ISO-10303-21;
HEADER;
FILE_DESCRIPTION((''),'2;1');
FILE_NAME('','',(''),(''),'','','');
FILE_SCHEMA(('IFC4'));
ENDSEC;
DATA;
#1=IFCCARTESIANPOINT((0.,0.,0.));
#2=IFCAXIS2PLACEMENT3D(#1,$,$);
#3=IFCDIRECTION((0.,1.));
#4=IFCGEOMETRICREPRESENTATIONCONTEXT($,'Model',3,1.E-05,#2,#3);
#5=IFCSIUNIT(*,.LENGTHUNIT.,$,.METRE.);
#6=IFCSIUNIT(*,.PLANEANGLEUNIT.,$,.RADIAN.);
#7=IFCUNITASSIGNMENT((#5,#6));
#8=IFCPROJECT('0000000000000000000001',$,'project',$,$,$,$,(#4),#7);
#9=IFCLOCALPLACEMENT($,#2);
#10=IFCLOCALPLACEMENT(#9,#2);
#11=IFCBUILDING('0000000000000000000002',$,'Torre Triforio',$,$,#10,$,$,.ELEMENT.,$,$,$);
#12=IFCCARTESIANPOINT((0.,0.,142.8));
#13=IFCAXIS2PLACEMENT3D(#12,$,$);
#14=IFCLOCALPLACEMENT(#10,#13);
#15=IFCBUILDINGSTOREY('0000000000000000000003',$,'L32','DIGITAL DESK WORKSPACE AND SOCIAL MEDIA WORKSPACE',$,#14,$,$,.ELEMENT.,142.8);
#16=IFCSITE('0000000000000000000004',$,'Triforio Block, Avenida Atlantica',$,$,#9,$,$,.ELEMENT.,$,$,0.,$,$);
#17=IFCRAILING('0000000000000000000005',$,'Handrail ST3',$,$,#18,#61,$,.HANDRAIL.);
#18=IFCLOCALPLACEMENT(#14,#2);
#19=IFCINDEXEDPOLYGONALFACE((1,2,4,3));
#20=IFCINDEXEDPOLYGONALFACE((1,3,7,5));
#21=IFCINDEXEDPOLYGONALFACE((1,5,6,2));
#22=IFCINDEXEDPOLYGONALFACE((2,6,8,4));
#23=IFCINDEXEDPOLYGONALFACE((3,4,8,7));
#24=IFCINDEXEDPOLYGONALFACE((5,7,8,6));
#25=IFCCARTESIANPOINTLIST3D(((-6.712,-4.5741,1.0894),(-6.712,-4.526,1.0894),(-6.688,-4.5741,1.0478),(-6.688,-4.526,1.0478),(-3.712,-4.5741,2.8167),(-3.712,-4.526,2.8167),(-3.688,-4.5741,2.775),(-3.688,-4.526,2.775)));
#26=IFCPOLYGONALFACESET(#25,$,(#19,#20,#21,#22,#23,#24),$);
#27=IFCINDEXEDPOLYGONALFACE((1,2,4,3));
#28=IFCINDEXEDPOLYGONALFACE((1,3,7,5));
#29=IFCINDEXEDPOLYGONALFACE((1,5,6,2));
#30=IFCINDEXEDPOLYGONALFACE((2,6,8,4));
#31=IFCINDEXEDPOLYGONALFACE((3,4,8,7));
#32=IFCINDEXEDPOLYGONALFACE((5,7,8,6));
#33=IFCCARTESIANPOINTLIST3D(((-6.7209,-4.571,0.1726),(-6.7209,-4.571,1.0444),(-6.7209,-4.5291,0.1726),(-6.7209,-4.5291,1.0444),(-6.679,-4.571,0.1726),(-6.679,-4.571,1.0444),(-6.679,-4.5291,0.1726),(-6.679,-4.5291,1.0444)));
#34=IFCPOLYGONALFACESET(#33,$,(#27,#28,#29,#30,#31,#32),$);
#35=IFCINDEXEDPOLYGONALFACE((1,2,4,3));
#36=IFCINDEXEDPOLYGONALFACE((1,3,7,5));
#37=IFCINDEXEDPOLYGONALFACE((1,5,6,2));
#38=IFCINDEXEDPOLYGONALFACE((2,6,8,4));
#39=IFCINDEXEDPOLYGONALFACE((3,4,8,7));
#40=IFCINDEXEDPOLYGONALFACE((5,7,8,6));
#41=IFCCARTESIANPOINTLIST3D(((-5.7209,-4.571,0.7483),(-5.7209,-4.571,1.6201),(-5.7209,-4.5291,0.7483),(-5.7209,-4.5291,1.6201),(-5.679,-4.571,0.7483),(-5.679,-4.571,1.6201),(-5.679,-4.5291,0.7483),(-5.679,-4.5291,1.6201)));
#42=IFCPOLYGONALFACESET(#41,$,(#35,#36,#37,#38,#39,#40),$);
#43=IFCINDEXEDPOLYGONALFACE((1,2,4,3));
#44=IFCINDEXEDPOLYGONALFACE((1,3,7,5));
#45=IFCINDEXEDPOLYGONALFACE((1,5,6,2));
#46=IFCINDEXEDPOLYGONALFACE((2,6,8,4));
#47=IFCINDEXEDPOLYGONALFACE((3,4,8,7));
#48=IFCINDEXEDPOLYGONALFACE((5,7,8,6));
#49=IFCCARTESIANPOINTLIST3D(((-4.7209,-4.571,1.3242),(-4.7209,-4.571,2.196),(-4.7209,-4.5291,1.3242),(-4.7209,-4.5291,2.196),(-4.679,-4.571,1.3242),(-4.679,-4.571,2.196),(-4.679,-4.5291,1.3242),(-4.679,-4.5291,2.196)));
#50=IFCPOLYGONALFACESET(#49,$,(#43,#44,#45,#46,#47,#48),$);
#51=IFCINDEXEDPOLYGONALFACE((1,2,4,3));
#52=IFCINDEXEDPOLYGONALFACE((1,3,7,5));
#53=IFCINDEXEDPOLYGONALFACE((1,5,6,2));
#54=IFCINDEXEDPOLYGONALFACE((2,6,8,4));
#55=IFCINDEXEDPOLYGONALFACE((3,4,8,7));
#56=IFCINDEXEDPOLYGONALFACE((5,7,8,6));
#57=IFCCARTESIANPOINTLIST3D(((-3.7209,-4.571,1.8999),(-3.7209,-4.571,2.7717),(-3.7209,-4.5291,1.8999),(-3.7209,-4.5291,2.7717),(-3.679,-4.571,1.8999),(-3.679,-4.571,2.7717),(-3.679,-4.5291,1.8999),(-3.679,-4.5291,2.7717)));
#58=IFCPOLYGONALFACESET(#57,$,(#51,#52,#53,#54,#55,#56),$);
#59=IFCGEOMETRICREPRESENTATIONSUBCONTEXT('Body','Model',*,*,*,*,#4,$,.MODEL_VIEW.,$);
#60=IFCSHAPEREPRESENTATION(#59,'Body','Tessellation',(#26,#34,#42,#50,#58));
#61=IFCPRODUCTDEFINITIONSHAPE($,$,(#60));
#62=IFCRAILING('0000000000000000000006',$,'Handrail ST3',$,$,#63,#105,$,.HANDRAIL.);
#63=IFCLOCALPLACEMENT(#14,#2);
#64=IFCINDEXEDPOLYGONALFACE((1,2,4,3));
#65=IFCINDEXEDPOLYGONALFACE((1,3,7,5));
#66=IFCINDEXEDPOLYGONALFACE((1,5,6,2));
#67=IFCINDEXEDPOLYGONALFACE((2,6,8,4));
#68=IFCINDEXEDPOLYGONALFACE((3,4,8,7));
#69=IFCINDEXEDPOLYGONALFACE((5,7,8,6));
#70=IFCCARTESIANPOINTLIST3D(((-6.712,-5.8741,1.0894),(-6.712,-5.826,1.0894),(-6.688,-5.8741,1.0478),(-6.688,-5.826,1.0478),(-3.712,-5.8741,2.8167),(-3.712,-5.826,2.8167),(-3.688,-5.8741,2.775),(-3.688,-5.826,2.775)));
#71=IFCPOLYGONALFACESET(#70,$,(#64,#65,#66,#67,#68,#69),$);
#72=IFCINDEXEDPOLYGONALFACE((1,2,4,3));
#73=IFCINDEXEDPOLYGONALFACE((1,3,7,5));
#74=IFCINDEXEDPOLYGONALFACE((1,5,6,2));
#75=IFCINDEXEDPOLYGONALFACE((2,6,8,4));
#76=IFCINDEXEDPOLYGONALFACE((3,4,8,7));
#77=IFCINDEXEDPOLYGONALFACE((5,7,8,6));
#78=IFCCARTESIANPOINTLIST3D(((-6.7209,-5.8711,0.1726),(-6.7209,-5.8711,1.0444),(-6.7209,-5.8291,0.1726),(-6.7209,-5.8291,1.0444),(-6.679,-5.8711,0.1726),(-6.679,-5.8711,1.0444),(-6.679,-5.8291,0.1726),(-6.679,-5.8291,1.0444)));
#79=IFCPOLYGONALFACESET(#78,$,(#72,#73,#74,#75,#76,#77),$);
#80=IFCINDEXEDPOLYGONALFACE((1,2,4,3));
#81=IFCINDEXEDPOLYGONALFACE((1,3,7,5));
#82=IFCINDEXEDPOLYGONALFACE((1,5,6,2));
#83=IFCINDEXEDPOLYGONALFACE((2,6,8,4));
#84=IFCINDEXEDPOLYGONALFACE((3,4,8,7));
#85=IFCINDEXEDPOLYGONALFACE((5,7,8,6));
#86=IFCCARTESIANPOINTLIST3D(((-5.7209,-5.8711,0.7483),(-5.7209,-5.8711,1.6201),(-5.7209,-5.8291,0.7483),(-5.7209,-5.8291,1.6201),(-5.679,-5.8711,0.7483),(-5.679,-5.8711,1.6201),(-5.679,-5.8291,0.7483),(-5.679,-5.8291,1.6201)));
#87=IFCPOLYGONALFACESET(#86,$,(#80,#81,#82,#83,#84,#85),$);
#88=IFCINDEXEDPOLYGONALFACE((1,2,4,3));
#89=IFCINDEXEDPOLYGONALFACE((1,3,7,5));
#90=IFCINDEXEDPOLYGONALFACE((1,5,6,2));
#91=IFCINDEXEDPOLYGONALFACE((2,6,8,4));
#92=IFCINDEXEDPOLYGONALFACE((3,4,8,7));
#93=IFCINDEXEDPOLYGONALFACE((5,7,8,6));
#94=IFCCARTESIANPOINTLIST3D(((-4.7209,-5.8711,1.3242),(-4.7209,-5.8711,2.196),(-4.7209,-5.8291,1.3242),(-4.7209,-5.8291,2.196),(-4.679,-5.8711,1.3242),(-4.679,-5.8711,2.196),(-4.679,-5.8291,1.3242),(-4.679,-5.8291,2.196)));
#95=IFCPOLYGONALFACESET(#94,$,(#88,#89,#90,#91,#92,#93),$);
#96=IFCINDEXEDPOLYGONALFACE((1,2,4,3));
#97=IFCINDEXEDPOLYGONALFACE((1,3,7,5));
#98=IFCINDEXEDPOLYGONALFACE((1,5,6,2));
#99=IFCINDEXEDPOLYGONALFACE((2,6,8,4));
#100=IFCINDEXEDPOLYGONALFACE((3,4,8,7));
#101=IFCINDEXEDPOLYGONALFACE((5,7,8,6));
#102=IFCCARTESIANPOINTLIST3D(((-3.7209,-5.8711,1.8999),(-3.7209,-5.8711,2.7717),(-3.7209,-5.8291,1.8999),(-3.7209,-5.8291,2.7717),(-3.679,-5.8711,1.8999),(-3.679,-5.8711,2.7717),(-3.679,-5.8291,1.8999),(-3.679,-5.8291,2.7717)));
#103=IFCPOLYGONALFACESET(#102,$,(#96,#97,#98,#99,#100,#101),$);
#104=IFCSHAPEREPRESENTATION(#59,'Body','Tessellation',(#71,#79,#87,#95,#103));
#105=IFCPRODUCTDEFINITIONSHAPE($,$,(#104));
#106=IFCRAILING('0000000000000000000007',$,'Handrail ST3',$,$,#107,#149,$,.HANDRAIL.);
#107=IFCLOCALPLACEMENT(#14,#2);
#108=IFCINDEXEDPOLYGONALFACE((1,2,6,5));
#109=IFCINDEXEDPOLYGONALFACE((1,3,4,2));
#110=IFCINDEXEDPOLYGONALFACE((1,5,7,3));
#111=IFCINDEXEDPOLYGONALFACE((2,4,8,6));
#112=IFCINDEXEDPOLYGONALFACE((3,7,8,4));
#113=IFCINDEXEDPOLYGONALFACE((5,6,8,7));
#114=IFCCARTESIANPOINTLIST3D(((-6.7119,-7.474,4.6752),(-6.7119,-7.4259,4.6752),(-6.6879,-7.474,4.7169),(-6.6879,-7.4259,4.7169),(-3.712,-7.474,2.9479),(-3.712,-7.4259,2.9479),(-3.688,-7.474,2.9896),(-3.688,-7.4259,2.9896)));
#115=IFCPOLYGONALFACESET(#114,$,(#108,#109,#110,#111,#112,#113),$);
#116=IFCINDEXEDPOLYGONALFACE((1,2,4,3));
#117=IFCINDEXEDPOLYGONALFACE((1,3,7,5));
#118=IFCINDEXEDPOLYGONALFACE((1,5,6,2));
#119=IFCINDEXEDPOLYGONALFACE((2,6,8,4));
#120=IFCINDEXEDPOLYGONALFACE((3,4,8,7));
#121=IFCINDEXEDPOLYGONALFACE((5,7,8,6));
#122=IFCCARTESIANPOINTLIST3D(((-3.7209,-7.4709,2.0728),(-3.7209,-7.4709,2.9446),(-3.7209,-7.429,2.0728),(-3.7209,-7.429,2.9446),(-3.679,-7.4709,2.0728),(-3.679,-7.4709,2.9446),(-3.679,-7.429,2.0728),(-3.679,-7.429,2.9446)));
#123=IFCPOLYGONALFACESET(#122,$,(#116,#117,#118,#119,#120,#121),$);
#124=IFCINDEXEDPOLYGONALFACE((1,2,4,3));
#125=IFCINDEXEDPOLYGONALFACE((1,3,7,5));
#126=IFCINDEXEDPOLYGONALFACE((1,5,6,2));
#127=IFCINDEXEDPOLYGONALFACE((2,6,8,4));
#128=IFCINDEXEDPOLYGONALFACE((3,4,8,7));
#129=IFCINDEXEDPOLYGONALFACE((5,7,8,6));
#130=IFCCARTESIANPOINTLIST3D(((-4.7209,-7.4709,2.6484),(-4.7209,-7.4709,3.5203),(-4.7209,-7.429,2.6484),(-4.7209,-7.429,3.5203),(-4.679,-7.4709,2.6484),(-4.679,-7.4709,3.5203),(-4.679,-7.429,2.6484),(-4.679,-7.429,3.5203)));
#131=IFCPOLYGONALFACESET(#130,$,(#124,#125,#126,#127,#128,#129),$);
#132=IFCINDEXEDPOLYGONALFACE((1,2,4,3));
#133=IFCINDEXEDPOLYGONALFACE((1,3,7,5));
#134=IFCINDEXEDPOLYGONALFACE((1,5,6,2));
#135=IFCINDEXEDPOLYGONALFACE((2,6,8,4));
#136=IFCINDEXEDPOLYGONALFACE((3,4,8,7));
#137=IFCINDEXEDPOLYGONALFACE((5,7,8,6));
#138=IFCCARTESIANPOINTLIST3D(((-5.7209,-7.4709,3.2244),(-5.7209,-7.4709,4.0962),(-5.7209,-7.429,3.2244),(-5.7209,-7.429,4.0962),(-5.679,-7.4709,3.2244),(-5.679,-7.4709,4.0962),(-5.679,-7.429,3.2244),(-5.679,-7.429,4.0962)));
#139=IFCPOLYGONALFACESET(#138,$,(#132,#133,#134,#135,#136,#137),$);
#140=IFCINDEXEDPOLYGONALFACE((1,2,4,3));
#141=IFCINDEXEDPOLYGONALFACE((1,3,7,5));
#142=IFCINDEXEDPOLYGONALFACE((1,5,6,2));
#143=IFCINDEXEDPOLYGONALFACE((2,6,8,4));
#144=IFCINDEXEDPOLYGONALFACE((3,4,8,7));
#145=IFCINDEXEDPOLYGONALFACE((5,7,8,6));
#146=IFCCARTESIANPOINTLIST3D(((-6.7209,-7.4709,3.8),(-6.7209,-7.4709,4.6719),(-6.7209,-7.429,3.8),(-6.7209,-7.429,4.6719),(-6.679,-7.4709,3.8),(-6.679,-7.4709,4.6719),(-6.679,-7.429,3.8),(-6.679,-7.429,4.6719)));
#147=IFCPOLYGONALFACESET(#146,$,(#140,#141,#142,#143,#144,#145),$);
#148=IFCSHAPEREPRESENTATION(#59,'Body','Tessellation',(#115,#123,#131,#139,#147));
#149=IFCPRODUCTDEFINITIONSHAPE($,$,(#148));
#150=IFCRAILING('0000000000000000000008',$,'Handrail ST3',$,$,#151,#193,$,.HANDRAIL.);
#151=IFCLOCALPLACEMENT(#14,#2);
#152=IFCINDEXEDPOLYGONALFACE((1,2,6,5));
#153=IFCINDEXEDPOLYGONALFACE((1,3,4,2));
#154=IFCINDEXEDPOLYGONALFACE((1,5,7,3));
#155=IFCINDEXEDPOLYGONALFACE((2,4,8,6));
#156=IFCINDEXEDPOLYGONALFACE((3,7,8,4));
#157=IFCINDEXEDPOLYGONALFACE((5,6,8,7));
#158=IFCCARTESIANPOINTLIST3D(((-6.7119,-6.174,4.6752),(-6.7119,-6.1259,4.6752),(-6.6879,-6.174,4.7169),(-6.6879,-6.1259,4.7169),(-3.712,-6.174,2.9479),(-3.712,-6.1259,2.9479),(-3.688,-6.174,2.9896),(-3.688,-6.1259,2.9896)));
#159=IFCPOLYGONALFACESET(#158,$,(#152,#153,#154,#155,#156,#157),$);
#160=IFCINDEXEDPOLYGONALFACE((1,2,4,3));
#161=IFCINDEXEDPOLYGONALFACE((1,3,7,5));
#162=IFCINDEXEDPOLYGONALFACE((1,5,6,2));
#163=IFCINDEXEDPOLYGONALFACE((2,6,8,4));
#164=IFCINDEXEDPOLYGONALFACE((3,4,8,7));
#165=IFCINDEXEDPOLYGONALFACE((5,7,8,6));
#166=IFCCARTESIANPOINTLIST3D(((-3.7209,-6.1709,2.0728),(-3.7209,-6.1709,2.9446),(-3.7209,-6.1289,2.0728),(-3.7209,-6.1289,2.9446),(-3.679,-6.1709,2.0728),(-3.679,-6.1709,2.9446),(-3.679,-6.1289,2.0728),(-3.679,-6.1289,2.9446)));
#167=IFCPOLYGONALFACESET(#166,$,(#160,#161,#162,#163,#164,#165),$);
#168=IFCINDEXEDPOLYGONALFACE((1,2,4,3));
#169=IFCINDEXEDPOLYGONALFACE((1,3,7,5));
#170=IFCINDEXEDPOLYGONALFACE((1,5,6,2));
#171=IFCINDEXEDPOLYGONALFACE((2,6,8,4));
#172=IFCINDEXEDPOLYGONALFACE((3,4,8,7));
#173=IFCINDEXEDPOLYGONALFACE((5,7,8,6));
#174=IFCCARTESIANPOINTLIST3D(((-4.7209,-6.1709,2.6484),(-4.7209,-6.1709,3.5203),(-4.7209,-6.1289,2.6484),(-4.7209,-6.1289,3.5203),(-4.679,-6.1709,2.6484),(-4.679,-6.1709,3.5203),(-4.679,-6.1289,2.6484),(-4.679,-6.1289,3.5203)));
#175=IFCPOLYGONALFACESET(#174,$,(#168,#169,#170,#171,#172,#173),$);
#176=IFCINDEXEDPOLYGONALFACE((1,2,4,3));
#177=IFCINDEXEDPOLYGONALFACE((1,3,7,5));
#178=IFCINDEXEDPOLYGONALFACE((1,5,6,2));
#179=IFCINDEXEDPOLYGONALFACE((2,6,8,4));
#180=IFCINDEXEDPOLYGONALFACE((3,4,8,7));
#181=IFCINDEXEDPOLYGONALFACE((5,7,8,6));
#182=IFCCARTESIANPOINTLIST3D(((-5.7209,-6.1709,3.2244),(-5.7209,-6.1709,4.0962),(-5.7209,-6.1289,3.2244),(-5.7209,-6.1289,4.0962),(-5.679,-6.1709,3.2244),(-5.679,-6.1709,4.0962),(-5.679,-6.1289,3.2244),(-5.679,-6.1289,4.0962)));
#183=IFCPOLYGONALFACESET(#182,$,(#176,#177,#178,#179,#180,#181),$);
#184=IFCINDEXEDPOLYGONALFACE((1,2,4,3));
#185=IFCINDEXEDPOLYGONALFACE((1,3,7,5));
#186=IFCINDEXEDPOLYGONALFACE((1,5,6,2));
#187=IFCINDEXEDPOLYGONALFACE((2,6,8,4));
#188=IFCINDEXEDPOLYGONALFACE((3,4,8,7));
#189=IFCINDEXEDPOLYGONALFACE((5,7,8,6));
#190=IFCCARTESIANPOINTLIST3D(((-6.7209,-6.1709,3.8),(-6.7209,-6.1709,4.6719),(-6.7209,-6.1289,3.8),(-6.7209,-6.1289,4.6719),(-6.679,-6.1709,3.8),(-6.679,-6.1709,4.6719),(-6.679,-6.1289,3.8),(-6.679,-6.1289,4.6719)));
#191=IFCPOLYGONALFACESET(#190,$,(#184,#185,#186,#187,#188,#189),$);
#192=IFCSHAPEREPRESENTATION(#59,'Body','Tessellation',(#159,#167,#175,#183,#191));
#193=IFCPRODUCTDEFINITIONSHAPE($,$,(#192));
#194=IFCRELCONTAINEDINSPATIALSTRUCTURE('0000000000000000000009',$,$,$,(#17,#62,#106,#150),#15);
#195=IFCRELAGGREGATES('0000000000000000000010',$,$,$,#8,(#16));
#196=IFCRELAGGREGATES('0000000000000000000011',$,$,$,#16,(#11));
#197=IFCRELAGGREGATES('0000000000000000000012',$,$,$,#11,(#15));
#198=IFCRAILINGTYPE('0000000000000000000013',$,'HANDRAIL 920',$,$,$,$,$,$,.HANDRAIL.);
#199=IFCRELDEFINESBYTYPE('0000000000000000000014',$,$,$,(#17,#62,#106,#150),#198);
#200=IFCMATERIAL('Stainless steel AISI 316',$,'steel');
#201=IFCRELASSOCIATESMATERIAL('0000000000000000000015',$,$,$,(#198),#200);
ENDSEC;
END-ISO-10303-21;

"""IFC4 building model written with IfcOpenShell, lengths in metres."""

from ifc_helpers import new_model, si_unit, direction, frame, origin, origin_2d, place, context, subcontext, project, spatial, rectangle, extrude, material, type_object, element, save


model = new_model("IFC4")

# Units and contexts
model_context = context("Model", 3, precision=1e-05, world=origin(), true_north=direction((0.0, 1.0)))
body_context = subcontext(model_context, "Body", "Model", "MODEL_VIEW")
ifc_project = project(units=[si_unit("LENGTHUNIT", "METRE"), si_unit("PLANEANGLEUNIT", "RADIAN")], contexts=[model_context])

# Site, building, storey
site_placement = place(None, origin())
site = spatial("IfcSite", under=ifc_project, at=site_placement, Name="Triforio Block, Avenida Atlantica", CompositionType="ELEMENT", RefElevation=0.0)
building_placement = place(site_placement, origin())
building = spatial("IfcBuilding", under=site, at=building_placement, Name="Torre Triforio", CompositionType="ELEMENT")
storey_placement = place(building_placement, frame((0.0, 0.0, 142.8)))
storey = spatial("IfcBuildingStorey", under=building, at=storey_placement, Name="L32", Description="DIGITAL DESK WORKSPACE AND SOCIAL MEDIA WORKSPACE", CompositionType="ELEMENT", Elevation=142.8)

# Railings
ifc_material_1 = material(Name="Stainless steel AISI 316", Category="steel")
railing_type = type_object("IfcRailingType", Name="HANDRAIL 920", PredefinedType="HANDRAIL", material=ifc_material_1)
for number, where, name in (
    (1, (-6.7, -4.55, 0.1726), "Handrail ST3"),
    (2, (-6.7, -5.8501, 0.1726), "Handrail ST3"),
):
    element("IfcRailing", number, at=place(storey_placement, frame(where)), inside=storey, type_object=railing_type, Name=name, PredefinedType="HANDRAIL", context=body_context, shape_type="SweptSolid", body=[
        extrude(rectangle(XDim=0.0481, YDim=0.0481, at=origin_2d()), frame((0.0, 0.0, 0.896), z_axis=(0.86662, 0.0, 0.498969), x_axis=(0.0, 1.0, 0.0)), (0.0, 0.0, 1.0), 3.4617),
        extrude(rectangle(XDim=0.042, YDim=0.042, at=origin_2d()), origin(), (0.0, 0.0, 1.0), 0.8718),
        extrude(rectangle(XDim=0.042, YDim=0.042, at=origin_2d()), frame((1.0, 0.0, 0.5757)), (0.0, 0.0, 1.0), 0.8718),
        extrude(rectangle(XDim=0.042, YDim=0.042, at=origin_2d()), frame((2.0, 0.0, 1.1516)), (0.0, 0.0, 1.0), 0.8718),
        extrude(rectangle(XDim=0.042, YDim=0.042, at=origin_2d()), frame((3.0, 0.0, 1.7273)), (0.0, 0.0, 1.0), 0.8718),
    ])
for number, where, name in (
    (3, (-3.7, -7.45, 2.0728), "Handrail ST3"),
    (4, (-3.7, -6.1499, 2.0728), "Handrail ST3"),
):
    element("IfcRailing", number, at=place(storey_placement, frame(where)), inside=storey, type_object=railing_type, Name=name, PredefinedType="HANDRAIL", context=body_context, shape_type="SweptSolid", body=[
        extrude(rectangle(XDim=0.0481, YDim=0.0481, at=origin_2d()), frame((0.0, 0.0, 0.896), z_axis=(-0.86662, 0.0, 0.498969), x_axis=(0.0, -1.0, 0.0)), (0.0, 0.0, 1.0), 3.4617),
        extrude(rectangle(XDim=0.042, YDim=0.042, at=origin_2d()), origin(), (0.0, 0.0, 1.0), 0.8718),
        extrude(rectangle(XDim=0.042, YDim=0.042, at=origin_2d()), frame((-1.0, 0.0, 0.5757)), (0.0, 0.0, 1.0), 0.8718),
        extrude(rectangle(XDim=0.042, YDim=0.042, at=origin_2d()), frame((-2.0, 0.0, 1.1516)), (0.0, 0.0, 1.0), 0.8718),
        extrude(rectangle(XDim=0.042, YDim=0.042, at=origin_2d()), frame((-3.0, 0.0, 1.7273)), (0.0, 0.0, 1.0), 0.8718),
    ])

save(model, "model.ifc")
